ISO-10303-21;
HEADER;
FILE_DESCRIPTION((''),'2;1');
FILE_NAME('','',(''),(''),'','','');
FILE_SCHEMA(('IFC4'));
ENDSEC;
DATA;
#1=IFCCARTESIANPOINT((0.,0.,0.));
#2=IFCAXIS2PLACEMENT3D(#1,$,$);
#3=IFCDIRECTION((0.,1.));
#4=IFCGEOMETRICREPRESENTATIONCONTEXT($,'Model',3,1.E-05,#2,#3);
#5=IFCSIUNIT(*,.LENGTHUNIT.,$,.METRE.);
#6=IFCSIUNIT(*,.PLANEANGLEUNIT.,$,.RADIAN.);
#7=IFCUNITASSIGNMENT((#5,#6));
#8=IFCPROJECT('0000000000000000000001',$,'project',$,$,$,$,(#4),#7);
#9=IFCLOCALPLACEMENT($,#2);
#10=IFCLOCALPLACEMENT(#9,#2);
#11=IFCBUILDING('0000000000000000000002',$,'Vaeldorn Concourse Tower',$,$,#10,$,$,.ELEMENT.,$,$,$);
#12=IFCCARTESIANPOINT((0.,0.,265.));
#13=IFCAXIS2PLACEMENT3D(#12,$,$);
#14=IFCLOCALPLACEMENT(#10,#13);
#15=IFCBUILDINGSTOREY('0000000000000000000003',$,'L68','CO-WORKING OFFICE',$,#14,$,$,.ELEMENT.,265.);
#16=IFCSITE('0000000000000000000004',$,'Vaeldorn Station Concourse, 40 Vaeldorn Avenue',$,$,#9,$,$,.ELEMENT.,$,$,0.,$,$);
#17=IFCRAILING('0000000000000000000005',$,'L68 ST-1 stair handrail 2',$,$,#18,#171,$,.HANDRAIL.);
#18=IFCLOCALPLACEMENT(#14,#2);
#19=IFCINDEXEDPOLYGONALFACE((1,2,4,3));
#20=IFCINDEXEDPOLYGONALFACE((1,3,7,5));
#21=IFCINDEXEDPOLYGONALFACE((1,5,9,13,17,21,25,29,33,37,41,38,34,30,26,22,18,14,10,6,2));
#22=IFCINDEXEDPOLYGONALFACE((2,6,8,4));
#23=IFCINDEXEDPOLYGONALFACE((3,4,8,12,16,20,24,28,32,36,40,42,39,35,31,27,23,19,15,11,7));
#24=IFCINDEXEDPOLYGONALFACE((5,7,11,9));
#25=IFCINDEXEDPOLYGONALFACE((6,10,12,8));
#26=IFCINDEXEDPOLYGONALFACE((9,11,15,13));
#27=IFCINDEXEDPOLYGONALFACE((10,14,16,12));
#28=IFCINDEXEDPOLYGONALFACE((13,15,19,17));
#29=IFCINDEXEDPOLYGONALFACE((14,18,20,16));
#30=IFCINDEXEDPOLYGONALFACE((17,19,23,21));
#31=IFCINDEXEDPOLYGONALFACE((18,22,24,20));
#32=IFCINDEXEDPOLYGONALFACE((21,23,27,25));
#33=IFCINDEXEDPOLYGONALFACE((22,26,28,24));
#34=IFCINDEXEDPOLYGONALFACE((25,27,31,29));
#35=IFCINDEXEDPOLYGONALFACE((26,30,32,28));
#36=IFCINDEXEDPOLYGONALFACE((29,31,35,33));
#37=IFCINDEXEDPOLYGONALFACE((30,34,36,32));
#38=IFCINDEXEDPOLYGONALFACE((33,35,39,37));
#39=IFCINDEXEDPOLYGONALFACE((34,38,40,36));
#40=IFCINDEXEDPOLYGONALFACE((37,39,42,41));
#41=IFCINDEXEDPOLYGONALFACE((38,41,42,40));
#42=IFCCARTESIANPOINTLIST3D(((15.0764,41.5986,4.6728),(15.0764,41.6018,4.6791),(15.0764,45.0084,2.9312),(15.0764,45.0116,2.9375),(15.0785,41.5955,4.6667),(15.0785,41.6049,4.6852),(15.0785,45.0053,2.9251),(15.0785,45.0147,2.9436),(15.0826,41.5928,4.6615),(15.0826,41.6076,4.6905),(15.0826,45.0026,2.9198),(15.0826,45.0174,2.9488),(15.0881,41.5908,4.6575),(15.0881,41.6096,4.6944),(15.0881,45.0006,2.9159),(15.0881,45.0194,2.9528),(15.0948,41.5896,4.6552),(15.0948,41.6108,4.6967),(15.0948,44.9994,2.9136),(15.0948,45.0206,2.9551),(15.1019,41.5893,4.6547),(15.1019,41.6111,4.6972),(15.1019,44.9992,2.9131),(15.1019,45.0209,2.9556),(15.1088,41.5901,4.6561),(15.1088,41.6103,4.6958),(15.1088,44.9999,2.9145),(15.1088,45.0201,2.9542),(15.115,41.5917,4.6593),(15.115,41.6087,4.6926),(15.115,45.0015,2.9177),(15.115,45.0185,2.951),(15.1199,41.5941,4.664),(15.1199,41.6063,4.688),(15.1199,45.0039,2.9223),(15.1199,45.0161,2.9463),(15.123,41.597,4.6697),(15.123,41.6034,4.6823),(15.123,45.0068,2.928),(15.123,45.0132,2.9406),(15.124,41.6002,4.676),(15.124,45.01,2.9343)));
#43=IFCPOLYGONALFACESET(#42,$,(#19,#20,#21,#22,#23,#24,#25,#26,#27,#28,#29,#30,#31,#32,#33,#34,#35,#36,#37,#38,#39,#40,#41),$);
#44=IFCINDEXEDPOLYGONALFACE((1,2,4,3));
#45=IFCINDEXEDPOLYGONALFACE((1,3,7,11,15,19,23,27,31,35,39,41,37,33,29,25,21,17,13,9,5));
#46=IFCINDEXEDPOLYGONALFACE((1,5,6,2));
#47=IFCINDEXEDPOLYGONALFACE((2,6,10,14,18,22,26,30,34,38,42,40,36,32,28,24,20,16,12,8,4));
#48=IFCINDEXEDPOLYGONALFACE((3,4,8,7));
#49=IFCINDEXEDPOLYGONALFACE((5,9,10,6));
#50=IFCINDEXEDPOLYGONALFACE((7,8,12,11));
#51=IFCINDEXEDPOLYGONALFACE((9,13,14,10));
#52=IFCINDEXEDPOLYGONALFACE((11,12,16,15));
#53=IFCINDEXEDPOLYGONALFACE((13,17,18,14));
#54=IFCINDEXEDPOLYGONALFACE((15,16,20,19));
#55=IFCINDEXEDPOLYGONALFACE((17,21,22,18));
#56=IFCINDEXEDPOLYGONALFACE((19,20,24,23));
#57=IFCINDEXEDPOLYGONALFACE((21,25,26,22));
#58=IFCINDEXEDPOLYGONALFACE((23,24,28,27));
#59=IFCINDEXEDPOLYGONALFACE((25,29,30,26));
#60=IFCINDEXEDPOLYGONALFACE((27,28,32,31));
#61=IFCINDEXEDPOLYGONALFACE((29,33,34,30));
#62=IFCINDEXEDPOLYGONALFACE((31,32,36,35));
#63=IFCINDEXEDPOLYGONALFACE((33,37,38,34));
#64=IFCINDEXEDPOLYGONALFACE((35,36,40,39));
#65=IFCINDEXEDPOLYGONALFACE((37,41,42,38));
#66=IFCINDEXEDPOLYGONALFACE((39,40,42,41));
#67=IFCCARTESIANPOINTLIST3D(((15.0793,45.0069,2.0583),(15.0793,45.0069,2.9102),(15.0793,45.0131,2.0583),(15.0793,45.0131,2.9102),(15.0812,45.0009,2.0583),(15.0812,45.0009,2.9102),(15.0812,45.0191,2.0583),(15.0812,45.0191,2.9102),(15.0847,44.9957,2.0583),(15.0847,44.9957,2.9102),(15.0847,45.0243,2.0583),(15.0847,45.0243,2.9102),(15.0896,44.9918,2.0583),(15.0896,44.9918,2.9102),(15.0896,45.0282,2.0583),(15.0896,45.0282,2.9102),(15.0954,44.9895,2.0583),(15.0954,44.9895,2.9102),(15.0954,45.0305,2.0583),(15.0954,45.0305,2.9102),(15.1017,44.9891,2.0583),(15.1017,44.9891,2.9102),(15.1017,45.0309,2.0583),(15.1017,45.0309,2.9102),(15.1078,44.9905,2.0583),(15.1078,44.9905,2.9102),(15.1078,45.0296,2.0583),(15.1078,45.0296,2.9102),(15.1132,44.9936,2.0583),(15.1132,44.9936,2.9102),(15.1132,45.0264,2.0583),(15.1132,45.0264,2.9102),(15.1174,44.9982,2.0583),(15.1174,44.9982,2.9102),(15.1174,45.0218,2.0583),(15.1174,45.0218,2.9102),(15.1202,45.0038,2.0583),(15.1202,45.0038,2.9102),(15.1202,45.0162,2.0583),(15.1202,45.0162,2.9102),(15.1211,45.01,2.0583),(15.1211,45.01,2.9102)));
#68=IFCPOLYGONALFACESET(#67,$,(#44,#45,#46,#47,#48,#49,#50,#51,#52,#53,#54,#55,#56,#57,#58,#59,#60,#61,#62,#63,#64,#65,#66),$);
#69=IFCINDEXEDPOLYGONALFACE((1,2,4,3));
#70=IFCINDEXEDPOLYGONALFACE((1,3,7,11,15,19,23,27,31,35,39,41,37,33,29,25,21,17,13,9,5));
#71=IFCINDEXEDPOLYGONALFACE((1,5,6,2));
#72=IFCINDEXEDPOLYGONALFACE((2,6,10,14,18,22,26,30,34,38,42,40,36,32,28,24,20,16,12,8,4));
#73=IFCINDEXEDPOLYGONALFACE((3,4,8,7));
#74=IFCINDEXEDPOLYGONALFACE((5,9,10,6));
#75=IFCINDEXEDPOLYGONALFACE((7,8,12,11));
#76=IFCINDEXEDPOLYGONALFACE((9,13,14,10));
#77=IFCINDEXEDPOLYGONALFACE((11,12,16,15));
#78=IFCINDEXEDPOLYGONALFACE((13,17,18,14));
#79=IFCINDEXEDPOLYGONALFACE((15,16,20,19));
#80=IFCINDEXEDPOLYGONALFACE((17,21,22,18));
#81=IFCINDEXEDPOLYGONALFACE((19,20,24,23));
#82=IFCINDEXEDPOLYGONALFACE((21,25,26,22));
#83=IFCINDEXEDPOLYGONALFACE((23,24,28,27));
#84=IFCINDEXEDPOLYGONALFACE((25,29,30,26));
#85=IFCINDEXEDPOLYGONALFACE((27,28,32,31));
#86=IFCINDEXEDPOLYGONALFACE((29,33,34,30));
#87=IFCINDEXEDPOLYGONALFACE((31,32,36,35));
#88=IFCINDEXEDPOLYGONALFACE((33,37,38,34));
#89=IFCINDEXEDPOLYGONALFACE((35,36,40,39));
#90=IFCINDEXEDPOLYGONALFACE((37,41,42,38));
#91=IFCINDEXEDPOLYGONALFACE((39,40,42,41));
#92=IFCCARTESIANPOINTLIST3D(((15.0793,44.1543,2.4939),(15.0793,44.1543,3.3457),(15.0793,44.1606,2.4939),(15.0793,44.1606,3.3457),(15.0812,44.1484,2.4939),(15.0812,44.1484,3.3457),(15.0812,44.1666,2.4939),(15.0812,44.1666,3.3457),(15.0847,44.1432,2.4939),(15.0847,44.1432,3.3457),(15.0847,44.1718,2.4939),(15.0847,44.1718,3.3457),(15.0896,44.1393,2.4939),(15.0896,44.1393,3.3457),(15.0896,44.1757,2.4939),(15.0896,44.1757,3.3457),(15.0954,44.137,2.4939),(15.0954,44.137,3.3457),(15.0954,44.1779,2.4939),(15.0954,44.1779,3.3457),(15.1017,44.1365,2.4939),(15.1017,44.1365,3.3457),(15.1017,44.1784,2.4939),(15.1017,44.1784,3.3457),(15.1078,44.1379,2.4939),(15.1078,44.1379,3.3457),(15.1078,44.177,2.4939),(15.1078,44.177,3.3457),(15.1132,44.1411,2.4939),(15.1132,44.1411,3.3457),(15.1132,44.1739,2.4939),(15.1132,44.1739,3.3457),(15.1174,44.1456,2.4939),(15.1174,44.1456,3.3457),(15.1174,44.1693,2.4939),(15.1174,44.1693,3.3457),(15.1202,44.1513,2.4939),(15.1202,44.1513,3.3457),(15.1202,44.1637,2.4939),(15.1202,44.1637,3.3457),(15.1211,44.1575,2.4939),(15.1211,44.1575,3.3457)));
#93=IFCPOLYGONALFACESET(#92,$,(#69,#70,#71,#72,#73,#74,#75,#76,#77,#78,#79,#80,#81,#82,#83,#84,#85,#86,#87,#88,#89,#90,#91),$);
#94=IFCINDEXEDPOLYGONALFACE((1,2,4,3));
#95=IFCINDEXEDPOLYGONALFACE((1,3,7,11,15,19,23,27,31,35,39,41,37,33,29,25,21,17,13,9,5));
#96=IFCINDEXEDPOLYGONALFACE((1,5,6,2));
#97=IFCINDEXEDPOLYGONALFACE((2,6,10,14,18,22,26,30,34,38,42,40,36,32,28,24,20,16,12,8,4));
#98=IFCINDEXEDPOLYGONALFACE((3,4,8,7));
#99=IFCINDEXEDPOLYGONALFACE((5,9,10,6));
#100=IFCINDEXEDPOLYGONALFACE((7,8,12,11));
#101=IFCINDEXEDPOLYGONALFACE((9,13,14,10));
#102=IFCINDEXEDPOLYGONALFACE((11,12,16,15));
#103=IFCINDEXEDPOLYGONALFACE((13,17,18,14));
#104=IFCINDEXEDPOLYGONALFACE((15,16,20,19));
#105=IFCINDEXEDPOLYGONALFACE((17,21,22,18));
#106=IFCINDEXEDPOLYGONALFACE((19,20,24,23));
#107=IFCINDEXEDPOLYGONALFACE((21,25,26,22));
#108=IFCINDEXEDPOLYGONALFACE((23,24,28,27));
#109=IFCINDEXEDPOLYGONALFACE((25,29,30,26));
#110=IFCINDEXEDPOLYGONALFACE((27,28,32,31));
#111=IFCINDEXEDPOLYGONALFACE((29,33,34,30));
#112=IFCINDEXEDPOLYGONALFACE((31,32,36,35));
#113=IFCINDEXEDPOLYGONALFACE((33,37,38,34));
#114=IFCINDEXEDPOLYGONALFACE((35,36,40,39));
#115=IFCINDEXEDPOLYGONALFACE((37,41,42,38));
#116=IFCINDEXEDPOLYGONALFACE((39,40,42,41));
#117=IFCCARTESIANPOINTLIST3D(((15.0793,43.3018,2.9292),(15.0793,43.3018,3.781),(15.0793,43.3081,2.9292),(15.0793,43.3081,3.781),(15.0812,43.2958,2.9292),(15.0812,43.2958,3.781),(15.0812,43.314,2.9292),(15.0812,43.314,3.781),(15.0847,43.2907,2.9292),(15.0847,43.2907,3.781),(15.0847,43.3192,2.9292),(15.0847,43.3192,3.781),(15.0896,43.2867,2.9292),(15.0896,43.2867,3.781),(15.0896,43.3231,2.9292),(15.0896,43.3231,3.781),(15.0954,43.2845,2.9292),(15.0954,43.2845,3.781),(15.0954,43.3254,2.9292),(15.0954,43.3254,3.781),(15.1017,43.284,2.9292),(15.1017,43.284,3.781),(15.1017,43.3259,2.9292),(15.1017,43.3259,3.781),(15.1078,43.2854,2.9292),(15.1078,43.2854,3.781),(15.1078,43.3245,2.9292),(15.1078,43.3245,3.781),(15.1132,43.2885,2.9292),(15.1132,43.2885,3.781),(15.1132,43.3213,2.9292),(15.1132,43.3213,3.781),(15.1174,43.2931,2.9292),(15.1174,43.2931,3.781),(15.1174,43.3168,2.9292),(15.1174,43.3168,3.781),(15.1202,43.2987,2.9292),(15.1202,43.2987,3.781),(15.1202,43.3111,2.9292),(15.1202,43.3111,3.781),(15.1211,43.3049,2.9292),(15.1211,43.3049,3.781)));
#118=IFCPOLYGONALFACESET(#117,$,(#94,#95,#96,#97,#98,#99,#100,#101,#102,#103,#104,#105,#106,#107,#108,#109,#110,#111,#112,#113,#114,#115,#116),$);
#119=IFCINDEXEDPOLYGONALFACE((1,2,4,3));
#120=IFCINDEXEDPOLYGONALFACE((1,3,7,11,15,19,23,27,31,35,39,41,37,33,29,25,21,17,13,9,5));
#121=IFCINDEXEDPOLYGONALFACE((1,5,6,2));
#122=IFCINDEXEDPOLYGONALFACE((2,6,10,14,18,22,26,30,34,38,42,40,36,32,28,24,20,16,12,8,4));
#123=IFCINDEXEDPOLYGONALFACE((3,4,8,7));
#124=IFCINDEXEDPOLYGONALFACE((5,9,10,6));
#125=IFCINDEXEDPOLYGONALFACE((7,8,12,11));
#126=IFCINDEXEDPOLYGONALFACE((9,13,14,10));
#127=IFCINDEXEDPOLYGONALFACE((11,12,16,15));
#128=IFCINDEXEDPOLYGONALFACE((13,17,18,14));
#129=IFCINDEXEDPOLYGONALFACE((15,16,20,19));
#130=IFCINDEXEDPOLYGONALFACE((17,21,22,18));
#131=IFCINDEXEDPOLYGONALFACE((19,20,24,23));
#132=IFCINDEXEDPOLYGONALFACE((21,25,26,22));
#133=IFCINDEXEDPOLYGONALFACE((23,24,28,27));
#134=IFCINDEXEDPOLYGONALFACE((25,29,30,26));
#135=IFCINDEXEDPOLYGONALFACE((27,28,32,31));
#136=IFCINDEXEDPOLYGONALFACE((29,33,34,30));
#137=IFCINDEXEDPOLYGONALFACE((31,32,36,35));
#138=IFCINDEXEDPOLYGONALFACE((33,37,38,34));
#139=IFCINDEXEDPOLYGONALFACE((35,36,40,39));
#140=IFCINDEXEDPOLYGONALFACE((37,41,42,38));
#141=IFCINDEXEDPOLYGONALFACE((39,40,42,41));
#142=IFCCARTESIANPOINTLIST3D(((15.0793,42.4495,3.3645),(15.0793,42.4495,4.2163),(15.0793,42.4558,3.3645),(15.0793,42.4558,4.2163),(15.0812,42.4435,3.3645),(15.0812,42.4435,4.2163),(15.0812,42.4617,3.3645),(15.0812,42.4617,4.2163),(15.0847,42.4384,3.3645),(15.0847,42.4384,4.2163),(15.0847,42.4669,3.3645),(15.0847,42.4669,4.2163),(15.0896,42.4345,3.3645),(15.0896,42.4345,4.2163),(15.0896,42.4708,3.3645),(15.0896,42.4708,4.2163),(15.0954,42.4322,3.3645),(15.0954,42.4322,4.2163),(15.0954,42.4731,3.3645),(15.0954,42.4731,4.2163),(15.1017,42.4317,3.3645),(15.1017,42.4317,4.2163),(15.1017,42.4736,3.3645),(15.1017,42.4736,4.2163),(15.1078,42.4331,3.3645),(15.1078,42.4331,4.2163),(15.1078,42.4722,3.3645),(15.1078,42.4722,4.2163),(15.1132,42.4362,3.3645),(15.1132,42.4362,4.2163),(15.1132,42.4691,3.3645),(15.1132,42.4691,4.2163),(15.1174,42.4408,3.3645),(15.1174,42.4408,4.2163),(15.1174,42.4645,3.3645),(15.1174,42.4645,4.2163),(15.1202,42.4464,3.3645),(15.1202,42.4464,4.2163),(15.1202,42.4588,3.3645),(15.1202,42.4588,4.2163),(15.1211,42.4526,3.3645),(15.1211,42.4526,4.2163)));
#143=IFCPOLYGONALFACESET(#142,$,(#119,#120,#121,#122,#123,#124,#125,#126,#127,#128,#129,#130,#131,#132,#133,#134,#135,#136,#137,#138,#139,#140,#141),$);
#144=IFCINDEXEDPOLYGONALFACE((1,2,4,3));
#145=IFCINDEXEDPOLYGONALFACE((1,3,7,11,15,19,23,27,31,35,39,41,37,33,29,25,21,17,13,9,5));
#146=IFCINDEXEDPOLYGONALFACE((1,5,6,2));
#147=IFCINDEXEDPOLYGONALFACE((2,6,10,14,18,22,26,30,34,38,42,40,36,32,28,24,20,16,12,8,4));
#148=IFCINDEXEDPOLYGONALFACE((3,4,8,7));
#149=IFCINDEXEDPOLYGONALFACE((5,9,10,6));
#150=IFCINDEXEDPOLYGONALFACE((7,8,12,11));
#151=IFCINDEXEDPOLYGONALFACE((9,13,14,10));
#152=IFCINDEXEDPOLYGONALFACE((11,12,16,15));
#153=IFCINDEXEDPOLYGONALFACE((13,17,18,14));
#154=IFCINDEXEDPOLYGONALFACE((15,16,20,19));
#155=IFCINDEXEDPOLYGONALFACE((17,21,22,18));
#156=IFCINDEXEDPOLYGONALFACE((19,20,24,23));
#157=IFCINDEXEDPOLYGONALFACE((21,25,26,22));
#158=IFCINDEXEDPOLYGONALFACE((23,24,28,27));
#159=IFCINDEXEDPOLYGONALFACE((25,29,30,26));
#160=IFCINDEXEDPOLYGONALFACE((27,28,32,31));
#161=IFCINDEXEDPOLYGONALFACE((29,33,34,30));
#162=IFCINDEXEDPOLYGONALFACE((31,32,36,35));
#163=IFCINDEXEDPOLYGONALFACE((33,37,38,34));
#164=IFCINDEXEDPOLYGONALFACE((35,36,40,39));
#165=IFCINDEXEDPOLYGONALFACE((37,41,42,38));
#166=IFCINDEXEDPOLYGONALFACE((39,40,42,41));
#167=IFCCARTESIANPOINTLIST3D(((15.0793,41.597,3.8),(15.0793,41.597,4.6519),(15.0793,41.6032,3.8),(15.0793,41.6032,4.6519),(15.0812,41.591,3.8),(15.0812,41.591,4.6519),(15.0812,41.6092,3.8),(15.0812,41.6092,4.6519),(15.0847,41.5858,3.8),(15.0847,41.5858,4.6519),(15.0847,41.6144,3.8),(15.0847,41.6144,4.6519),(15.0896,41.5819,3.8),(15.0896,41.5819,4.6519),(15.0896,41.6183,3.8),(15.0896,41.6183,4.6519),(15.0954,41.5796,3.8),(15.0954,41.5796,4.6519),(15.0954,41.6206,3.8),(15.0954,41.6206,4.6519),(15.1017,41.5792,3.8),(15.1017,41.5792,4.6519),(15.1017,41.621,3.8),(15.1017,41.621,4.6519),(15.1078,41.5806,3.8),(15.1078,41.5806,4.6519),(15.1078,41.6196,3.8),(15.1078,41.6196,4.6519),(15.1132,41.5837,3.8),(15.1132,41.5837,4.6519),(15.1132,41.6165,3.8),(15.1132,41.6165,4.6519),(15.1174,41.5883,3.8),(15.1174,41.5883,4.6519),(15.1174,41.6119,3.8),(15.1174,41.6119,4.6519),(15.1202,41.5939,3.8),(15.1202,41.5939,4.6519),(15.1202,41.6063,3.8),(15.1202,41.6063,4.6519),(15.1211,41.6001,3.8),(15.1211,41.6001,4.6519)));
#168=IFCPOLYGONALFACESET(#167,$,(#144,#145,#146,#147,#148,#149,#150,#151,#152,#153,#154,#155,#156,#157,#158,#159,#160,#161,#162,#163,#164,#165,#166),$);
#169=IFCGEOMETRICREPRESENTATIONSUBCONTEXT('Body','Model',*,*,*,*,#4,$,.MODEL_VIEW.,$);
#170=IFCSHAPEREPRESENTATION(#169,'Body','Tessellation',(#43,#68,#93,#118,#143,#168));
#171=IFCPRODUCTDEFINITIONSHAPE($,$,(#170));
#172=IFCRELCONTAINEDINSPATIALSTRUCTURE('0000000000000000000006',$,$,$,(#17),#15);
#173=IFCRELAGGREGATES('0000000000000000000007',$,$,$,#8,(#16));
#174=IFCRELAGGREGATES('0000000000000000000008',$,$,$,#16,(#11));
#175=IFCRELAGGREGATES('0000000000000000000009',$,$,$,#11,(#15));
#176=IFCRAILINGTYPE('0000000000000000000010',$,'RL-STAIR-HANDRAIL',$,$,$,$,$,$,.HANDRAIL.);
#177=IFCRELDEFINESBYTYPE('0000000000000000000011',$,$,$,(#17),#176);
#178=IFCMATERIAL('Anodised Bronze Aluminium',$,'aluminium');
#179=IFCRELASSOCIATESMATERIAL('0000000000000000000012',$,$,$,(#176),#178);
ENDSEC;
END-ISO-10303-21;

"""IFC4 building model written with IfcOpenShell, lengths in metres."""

from ifc_helpers import new_model, si_unit, direction, frame, origin, origin_2d, place, context, subcontext, project, spatial, circle, extrude, material, type_object, element, save


model = new_model("IFC4")

# Units and contexts
model_context = context("Model", 3, precision=1e-05, world=origin(), true_north=direction((0.0, 1.0)))
body_context = subcontext(model_context, "Body", "Model", "MODEL_VIEW")
ifc_project = project(units=[si_unit("LENGTHUNIT", "METRE"), si_unit("PLANEANGLEUNIT", "RADIAN")], contexts=[model_context])

# Site, building, storey
site_placement = place(None, origin())
site = spatial("IfcSite", under=ifc_project, at=site_placement, Name="Vaeldorn Station Concourse, 40 Vaeldorn Avenue", CompositionType="ELEMENT", RefElevation=0.0)
building_placement = place(site_placement, origin())
building = spatial("IfcBuilding", under=site, at=building_placement, Name="Vaeldorn Concourse Tower", CompositionType="ELEMENT")
storey_placement = place(building_placement, frame((0.0, 0.0, 265.0)))
storey = spatial("IfcBuildingStorey", under=building, at=storey_placement, Name="L68", Description="CO-WORKING OFFICE", CompositionType="ELEMENT", Elevation=265.0)

# Shared definitions
ifc_material_1 = material(Name="Anodised Bronze Aluminium", Category="aluminium")

# Railing
railing_type_1 = type_object("IfcRailingType", Name="RL-STAIR-HANDRAIL", PredefinedType="HANDRAIL", material=ifc_material_1)
railing_1_placement = place(storey_placement, frame((15.1001, 45.01, 2.0583)))
element("IfcRailing", 1, at=railing_1_placement, inside=storey, type_object=railing_type_1, Name="L68 ST-1 stair handrail 2", PredefinedType="HANDRAIL", context=body_context, shape_type="SweptSolid", body=[
    extrude(circle(Radius=0.0239, at=origin_2d()), frame((0.0, 0.0, 0.876), z_axis=(0.0, -0.890556, 0.454874), x_axis=(1.0, 0.0, 0.0)), (0.0, 0.0, 1.0), 3.8289),
    extrude(circle(Radius=0.021, at=origin_2d()), origin(), (0.0, 0.0, 1.0), 0.8518),
    extrude(circle(Radius=0.021, at=origin_2d()), frame((0.0, -0.8525, 0.4355)), (0.0, 0.0, 1.0), 0.8518),
    extrude(circle(Radius=0.021, at=origin_2d()), frame((0.0, -1.7051, 0.8708)), (0.0, 0.0, 1.0), 0.8518),
    extrude(circle(Radius=0.021, at=origin_2d()), frame((0.0, -2.5574, 1.3062)), (0.0, 0.0, 1.0), 0.8518),
    extrude(circle(Radius=0.021, at=origin_2d()), frame((0.0, -3.4099, 1.7417)), (0.0, 0.0, 1.0), 0.8518),
])

save(model, "model.ifc")
